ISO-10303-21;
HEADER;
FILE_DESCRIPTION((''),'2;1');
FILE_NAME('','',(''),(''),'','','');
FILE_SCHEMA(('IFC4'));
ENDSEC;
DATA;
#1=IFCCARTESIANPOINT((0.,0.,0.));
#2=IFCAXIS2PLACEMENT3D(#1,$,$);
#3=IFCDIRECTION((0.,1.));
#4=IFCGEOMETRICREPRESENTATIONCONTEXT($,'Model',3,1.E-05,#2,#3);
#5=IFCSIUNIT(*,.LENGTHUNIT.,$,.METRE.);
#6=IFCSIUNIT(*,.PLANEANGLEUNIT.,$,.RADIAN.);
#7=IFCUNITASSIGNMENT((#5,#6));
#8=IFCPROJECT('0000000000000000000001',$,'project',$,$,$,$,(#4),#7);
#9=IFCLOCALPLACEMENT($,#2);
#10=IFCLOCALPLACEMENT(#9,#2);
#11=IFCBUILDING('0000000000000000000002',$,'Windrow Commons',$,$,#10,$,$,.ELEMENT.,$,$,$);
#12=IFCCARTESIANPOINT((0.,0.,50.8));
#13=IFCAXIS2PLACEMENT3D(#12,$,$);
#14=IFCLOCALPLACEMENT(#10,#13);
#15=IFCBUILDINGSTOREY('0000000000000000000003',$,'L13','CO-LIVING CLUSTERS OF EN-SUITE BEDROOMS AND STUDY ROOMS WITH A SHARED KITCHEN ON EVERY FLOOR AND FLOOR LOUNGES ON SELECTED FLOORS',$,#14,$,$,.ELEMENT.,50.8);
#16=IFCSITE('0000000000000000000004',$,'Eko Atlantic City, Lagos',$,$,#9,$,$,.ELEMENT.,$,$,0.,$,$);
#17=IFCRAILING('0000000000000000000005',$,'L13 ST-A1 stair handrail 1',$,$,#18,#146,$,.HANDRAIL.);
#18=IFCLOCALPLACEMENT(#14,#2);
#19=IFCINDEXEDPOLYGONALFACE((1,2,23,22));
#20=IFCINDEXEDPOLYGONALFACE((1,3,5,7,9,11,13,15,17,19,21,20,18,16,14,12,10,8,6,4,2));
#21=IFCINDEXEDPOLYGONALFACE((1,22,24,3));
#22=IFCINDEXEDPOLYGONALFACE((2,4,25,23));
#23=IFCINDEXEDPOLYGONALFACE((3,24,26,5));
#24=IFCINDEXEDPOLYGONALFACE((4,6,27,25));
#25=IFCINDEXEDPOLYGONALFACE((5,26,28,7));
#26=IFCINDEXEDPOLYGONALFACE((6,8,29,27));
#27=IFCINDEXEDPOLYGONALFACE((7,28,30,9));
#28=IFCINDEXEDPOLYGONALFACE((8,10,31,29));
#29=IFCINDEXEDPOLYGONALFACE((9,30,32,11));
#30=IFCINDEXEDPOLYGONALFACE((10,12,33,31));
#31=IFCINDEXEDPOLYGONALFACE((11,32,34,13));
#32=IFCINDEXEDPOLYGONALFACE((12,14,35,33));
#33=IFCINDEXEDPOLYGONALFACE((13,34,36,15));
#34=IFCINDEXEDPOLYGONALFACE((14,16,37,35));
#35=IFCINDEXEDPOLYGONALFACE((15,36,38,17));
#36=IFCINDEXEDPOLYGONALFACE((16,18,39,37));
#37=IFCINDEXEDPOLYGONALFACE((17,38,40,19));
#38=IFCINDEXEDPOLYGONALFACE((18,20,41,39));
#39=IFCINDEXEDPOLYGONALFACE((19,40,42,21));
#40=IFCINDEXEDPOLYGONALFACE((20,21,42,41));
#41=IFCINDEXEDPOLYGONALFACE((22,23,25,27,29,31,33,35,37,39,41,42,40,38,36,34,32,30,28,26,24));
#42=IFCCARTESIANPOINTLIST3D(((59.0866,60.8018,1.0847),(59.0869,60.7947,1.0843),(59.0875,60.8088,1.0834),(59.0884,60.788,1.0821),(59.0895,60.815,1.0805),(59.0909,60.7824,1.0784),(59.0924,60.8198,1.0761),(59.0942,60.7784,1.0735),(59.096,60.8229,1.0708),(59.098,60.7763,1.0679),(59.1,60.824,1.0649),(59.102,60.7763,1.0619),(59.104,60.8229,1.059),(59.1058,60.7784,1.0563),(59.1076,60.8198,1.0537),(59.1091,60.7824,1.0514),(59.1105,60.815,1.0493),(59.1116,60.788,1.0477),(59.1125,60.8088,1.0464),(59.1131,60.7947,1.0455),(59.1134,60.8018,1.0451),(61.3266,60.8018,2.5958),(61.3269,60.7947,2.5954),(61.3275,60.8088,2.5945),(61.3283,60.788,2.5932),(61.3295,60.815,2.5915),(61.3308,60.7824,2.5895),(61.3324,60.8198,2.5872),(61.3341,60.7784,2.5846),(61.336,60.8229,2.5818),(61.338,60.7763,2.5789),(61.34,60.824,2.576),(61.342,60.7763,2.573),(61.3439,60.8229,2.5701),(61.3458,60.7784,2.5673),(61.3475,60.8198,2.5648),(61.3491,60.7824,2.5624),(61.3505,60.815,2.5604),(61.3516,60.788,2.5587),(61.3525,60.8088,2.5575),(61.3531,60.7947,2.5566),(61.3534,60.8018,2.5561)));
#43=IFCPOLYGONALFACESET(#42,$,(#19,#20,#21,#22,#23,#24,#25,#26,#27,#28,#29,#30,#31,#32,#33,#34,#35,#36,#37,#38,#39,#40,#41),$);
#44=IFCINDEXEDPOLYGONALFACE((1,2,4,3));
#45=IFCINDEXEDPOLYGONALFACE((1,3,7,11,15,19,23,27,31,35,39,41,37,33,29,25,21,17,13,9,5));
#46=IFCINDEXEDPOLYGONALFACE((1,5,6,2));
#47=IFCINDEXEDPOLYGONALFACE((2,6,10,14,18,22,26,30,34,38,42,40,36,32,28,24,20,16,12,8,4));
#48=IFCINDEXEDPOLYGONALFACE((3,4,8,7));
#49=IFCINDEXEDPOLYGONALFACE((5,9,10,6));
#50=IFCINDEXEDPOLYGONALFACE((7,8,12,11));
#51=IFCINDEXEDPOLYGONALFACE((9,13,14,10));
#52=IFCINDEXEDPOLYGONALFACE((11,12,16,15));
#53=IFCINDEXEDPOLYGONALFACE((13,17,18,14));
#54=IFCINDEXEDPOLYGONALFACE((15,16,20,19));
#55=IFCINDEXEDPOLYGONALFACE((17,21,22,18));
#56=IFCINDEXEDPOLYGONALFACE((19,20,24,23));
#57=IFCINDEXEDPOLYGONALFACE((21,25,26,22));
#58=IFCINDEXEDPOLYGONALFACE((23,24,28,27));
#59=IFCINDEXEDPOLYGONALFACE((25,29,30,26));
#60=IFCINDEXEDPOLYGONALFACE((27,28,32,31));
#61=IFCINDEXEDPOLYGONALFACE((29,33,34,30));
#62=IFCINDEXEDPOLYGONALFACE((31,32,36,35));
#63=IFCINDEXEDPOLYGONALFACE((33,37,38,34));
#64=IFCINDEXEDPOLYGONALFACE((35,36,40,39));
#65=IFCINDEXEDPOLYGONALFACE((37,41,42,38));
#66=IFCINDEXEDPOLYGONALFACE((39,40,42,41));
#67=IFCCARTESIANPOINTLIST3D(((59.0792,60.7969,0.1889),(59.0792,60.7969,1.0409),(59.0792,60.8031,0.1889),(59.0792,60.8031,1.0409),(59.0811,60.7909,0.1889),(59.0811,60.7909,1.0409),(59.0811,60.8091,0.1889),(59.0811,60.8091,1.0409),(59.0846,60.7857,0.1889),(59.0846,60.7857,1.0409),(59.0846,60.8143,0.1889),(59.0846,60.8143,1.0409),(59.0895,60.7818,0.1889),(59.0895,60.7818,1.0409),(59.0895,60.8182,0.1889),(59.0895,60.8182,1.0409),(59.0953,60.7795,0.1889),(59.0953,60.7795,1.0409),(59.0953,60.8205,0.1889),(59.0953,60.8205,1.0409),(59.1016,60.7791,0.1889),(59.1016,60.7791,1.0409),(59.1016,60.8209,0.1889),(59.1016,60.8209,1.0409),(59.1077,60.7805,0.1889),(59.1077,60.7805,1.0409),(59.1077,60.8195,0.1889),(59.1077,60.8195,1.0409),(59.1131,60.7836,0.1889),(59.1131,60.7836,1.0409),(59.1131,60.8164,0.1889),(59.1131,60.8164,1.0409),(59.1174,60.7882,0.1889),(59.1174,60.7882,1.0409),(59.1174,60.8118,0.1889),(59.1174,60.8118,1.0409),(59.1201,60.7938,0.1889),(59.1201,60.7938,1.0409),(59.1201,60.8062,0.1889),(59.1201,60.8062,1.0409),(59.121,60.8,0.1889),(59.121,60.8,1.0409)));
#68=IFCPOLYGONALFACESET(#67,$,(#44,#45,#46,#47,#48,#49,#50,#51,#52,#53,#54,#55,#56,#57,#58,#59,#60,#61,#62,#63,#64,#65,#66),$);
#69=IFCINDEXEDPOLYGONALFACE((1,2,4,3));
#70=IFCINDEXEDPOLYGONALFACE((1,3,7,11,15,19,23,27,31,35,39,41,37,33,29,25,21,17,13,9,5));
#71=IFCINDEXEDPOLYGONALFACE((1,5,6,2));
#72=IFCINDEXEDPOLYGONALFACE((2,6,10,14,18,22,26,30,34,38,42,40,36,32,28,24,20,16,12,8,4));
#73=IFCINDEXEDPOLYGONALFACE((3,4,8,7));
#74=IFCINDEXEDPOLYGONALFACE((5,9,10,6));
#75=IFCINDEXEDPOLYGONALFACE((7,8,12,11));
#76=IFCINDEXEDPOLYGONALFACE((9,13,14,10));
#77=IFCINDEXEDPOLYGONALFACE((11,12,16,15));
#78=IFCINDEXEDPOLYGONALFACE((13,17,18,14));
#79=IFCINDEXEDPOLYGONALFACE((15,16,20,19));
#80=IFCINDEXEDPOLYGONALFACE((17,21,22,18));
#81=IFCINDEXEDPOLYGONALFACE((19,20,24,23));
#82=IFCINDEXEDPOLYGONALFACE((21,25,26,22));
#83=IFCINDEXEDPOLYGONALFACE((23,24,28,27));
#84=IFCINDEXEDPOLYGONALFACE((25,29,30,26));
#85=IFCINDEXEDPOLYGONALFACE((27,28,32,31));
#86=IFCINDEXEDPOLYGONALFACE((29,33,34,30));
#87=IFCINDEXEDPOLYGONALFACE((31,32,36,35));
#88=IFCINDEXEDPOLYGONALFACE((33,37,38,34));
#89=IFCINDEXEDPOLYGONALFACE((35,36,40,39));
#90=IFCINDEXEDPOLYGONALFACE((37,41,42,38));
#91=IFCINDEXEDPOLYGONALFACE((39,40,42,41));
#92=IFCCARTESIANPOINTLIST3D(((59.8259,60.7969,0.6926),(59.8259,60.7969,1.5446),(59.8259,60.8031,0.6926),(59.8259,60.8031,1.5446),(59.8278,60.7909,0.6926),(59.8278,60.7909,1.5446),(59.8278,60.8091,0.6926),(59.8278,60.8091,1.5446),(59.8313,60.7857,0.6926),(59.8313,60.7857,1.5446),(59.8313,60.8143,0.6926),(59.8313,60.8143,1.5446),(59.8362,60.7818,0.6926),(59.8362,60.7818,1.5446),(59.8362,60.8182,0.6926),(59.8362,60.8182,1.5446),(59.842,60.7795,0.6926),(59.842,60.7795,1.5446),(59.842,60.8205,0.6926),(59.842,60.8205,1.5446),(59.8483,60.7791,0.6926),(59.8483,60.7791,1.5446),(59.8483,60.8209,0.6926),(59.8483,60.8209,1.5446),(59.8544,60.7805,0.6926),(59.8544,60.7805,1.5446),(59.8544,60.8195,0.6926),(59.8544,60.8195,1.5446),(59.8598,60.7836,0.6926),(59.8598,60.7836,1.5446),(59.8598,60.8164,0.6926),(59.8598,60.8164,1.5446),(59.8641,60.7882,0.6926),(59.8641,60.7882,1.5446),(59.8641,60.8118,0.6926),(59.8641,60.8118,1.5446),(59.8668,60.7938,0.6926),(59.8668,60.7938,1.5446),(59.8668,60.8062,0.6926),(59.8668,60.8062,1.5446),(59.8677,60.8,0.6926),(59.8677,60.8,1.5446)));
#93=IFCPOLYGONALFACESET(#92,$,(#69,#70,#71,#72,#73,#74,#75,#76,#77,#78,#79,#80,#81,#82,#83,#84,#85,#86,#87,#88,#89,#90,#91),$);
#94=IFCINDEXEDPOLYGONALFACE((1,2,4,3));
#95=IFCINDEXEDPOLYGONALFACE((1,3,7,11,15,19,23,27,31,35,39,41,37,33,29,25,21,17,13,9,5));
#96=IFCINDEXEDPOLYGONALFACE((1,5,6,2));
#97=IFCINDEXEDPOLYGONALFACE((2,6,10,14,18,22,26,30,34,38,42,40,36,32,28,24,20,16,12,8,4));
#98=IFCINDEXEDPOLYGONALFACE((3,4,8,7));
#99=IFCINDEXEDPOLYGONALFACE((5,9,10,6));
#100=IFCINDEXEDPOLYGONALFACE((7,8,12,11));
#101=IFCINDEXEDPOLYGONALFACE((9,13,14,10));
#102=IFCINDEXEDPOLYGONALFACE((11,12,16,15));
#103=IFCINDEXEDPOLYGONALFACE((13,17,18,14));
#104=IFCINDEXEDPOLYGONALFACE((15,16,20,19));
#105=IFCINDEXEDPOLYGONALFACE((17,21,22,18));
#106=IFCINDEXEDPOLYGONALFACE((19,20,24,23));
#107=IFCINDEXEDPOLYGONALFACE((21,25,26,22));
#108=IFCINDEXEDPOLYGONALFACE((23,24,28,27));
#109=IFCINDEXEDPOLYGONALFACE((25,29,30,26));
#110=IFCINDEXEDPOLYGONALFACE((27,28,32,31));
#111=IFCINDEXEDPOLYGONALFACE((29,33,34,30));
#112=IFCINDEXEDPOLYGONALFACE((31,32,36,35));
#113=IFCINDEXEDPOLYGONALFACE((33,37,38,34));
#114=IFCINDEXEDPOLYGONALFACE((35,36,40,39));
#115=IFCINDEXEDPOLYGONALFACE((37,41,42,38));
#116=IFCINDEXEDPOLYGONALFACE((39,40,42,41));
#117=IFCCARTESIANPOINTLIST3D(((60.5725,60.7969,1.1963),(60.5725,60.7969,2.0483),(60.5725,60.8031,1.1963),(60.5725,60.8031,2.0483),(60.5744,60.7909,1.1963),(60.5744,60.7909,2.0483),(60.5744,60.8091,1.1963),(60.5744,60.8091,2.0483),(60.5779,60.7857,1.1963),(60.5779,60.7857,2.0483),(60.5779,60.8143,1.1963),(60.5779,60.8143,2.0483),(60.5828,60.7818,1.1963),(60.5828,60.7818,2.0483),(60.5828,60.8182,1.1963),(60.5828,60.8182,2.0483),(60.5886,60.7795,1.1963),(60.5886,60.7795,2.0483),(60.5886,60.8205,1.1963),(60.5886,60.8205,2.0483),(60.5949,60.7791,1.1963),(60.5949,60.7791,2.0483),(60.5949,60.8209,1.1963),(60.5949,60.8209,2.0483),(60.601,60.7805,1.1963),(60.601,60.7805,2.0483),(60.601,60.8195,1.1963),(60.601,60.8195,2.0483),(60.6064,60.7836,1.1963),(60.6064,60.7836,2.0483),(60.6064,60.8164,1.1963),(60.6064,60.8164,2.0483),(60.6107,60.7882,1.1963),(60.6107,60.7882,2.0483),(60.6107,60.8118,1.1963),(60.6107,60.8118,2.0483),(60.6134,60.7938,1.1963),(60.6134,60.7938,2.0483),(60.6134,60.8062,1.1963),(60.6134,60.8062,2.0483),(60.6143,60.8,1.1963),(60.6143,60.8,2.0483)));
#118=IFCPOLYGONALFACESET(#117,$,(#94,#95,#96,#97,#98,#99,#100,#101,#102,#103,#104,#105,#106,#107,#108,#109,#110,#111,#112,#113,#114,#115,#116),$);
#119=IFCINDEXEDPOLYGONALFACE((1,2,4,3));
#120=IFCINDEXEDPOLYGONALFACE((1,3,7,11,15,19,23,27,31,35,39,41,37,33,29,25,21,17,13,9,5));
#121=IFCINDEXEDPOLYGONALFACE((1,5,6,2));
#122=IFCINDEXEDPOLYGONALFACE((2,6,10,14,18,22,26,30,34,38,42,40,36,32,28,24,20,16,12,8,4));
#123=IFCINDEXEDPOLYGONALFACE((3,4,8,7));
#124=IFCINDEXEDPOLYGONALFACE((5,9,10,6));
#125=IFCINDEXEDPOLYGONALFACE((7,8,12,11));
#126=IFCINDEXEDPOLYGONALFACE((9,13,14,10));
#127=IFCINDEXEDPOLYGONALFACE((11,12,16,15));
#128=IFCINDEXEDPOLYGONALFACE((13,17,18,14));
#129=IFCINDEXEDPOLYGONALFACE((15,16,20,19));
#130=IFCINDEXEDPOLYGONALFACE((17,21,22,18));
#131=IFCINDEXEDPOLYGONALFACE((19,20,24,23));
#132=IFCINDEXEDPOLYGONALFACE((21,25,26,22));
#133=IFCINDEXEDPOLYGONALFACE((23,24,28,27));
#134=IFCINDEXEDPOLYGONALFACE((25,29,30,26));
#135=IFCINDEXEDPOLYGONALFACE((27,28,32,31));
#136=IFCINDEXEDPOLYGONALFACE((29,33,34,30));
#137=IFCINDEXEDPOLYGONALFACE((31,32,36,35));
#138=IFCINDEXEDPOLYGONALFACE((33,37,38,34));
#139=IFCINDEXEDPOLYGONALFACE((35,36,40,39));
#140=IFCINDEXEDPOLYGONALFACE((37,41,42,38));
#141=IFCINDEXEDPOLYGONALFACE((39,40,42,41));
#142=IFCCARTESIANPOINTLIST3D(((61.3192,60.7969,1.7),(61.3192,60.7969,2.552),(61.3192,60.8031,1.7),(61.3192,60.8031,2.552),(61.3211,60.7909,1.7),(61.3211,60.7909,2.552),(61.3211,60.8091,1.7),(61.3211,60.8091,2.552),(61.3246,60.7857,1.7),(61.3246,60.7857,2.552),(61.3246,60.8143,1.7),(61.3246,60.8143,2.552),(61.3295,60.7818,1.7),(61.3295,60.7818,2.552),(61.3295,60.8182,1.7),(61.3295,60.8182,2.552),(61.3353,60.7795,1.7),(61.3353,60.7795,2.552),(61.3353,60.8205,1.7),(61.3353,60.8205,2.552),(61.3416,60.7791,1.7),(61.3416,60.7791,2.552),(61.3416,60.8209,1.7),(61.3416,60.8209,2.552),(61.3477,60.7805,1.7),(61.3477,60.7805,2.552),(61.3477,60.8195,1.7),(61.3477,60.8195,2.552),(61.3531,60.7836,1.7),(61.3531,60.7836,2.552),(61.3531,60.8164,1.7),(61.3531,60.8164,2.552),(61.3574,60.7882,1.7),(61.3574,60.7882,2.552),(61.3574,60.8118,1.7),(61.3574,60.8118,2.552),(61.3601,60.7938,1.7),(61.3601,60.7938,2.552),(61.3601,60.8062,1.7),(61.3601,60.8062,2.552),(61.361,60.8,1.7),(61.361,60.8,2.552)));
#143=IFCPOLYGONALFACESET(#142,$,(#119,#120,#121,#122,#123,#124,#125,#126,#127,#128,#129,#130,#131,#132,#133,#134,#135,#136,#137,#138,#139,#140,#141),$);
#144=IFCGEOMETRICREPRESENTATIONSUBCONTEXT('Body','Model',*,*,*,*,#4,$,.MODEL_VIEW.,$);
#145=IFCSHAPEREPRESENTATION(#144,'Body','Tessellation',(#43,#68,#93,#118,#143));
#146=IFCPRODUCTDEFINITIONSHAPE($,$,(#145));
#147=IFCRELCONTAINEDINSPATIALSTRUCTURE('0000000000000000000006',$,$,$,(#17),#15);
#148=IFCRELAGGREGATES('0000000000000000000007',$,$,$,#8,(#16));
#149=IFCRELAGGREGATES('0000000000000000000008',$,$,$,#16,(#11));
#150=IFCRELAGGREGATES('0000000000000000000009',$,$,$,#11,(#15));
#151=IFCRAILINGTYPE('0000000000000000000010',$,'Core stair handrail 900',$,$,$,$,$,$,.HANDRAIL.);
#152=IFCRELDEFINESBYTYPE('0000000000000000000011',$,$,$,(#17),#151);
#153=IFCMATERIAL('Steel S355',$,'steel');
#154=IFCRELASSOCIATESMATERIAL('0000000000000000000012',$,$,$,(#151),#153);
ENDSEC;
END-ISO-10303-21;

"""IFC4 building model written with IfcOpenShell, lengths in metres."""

from ifc_helpers import new_model, si_unit, direction, frame, origin, origin_2d, place, context, subcontext, project, spatial, circle, extrude, material, type_object, element, save


model = new_model("IFC4")

# Units and contexts
model_context = context("Model", 3, precision=1e-05, world=origin(), true_north=direction((0.0, 1.0)))
body_context = subcontext(model_context, "Body", "Model", "MODEL_VIEW")
ifc_project = project(units=[si_unit("LENGTHUNIT", "METRE"), si_unit("PLANEANGLEUNIT", "RADIAN")], contexts=[model_context])

# Site, building, storey
site_placement = place(None, origin())
site = spatial("IfcSite", under=ifc_project, at=site_placement, Name="Eko Atlantic City, Lagos", CompositionType="ELEMENT", RefElevation=0.0)
building_placement = place(site_placement, origin())
building = spatial("IfcBuilding", under=site, at=building_placement, Name="Windrow Commons", CompositionType="ELEMENT")
storey_placement = place(building_placement, frame((0.0, 0.0, 50.8)))
storey = spatial("IfcBuildingStorey", under=building, at=storey_placement, Name="L13", Description="CO-LIVING CLUSTERS OF EN-SUITE BEDROOMS AND STUDY ROOMS WITH A SHARED KITCHEN ON EVERY FLOOR AND FLOOR LOUNGES ON SELECTED FLOORS", CompositionType="ELEMENT", Elevation=50.8)

# Railing
ifc_material_1 = material(Name="Steel S355", Category="steel")
railing_type_1 = type_object("IfcRailingType", Name="Core stair handrail 900", PredefinedType="HANDRAIL", material=ifc_material_1)
railing_1_placement = place(storey_placement, frame((59.1, 60.8, 0.1889)))
element("IfcRailing", 1, at=railing_1_placement, inside=storey, type_object=railing_type_1, Name="L13 ST-A1 stair handrail 1", PredefinedType="HANDRAIL", context=body_context, shape_type="SweptSolid", body=[
    extrude(circle(Radius=0.024, at=origin_2d()), frame((0.0, 0.0, 0.876), z_axis=(0.829003, 0.0, 0.559244), x_axis=(0.0, 1.0, 0.0)), (0.0, 0.0, 1.0), 2.702),
    extrude(circle(Radius=0.021, at=origin_2d()), origin(), (0.0, 0.0, 1.0), 0.852),
    extrude(circle(Radius=0.021, at=origin_2d()), frame((0.7467, 0.0, 0.5037)), (0.0, 0.0, 1.0), 0.852),
    extrude(circle(Radius=0.021, at=origin_2d()), frame((1.4933, 0.0, 1.0074)), (0.0, 0.0, 1.0), 0.852),
    extrude(circle(Radius=0.021, at=origin_2d()), frame((2.24, 0.0, 1.5111)), (0.0, 0.0, 1.0), 0.852),
])

save(model, "model.ifc")
